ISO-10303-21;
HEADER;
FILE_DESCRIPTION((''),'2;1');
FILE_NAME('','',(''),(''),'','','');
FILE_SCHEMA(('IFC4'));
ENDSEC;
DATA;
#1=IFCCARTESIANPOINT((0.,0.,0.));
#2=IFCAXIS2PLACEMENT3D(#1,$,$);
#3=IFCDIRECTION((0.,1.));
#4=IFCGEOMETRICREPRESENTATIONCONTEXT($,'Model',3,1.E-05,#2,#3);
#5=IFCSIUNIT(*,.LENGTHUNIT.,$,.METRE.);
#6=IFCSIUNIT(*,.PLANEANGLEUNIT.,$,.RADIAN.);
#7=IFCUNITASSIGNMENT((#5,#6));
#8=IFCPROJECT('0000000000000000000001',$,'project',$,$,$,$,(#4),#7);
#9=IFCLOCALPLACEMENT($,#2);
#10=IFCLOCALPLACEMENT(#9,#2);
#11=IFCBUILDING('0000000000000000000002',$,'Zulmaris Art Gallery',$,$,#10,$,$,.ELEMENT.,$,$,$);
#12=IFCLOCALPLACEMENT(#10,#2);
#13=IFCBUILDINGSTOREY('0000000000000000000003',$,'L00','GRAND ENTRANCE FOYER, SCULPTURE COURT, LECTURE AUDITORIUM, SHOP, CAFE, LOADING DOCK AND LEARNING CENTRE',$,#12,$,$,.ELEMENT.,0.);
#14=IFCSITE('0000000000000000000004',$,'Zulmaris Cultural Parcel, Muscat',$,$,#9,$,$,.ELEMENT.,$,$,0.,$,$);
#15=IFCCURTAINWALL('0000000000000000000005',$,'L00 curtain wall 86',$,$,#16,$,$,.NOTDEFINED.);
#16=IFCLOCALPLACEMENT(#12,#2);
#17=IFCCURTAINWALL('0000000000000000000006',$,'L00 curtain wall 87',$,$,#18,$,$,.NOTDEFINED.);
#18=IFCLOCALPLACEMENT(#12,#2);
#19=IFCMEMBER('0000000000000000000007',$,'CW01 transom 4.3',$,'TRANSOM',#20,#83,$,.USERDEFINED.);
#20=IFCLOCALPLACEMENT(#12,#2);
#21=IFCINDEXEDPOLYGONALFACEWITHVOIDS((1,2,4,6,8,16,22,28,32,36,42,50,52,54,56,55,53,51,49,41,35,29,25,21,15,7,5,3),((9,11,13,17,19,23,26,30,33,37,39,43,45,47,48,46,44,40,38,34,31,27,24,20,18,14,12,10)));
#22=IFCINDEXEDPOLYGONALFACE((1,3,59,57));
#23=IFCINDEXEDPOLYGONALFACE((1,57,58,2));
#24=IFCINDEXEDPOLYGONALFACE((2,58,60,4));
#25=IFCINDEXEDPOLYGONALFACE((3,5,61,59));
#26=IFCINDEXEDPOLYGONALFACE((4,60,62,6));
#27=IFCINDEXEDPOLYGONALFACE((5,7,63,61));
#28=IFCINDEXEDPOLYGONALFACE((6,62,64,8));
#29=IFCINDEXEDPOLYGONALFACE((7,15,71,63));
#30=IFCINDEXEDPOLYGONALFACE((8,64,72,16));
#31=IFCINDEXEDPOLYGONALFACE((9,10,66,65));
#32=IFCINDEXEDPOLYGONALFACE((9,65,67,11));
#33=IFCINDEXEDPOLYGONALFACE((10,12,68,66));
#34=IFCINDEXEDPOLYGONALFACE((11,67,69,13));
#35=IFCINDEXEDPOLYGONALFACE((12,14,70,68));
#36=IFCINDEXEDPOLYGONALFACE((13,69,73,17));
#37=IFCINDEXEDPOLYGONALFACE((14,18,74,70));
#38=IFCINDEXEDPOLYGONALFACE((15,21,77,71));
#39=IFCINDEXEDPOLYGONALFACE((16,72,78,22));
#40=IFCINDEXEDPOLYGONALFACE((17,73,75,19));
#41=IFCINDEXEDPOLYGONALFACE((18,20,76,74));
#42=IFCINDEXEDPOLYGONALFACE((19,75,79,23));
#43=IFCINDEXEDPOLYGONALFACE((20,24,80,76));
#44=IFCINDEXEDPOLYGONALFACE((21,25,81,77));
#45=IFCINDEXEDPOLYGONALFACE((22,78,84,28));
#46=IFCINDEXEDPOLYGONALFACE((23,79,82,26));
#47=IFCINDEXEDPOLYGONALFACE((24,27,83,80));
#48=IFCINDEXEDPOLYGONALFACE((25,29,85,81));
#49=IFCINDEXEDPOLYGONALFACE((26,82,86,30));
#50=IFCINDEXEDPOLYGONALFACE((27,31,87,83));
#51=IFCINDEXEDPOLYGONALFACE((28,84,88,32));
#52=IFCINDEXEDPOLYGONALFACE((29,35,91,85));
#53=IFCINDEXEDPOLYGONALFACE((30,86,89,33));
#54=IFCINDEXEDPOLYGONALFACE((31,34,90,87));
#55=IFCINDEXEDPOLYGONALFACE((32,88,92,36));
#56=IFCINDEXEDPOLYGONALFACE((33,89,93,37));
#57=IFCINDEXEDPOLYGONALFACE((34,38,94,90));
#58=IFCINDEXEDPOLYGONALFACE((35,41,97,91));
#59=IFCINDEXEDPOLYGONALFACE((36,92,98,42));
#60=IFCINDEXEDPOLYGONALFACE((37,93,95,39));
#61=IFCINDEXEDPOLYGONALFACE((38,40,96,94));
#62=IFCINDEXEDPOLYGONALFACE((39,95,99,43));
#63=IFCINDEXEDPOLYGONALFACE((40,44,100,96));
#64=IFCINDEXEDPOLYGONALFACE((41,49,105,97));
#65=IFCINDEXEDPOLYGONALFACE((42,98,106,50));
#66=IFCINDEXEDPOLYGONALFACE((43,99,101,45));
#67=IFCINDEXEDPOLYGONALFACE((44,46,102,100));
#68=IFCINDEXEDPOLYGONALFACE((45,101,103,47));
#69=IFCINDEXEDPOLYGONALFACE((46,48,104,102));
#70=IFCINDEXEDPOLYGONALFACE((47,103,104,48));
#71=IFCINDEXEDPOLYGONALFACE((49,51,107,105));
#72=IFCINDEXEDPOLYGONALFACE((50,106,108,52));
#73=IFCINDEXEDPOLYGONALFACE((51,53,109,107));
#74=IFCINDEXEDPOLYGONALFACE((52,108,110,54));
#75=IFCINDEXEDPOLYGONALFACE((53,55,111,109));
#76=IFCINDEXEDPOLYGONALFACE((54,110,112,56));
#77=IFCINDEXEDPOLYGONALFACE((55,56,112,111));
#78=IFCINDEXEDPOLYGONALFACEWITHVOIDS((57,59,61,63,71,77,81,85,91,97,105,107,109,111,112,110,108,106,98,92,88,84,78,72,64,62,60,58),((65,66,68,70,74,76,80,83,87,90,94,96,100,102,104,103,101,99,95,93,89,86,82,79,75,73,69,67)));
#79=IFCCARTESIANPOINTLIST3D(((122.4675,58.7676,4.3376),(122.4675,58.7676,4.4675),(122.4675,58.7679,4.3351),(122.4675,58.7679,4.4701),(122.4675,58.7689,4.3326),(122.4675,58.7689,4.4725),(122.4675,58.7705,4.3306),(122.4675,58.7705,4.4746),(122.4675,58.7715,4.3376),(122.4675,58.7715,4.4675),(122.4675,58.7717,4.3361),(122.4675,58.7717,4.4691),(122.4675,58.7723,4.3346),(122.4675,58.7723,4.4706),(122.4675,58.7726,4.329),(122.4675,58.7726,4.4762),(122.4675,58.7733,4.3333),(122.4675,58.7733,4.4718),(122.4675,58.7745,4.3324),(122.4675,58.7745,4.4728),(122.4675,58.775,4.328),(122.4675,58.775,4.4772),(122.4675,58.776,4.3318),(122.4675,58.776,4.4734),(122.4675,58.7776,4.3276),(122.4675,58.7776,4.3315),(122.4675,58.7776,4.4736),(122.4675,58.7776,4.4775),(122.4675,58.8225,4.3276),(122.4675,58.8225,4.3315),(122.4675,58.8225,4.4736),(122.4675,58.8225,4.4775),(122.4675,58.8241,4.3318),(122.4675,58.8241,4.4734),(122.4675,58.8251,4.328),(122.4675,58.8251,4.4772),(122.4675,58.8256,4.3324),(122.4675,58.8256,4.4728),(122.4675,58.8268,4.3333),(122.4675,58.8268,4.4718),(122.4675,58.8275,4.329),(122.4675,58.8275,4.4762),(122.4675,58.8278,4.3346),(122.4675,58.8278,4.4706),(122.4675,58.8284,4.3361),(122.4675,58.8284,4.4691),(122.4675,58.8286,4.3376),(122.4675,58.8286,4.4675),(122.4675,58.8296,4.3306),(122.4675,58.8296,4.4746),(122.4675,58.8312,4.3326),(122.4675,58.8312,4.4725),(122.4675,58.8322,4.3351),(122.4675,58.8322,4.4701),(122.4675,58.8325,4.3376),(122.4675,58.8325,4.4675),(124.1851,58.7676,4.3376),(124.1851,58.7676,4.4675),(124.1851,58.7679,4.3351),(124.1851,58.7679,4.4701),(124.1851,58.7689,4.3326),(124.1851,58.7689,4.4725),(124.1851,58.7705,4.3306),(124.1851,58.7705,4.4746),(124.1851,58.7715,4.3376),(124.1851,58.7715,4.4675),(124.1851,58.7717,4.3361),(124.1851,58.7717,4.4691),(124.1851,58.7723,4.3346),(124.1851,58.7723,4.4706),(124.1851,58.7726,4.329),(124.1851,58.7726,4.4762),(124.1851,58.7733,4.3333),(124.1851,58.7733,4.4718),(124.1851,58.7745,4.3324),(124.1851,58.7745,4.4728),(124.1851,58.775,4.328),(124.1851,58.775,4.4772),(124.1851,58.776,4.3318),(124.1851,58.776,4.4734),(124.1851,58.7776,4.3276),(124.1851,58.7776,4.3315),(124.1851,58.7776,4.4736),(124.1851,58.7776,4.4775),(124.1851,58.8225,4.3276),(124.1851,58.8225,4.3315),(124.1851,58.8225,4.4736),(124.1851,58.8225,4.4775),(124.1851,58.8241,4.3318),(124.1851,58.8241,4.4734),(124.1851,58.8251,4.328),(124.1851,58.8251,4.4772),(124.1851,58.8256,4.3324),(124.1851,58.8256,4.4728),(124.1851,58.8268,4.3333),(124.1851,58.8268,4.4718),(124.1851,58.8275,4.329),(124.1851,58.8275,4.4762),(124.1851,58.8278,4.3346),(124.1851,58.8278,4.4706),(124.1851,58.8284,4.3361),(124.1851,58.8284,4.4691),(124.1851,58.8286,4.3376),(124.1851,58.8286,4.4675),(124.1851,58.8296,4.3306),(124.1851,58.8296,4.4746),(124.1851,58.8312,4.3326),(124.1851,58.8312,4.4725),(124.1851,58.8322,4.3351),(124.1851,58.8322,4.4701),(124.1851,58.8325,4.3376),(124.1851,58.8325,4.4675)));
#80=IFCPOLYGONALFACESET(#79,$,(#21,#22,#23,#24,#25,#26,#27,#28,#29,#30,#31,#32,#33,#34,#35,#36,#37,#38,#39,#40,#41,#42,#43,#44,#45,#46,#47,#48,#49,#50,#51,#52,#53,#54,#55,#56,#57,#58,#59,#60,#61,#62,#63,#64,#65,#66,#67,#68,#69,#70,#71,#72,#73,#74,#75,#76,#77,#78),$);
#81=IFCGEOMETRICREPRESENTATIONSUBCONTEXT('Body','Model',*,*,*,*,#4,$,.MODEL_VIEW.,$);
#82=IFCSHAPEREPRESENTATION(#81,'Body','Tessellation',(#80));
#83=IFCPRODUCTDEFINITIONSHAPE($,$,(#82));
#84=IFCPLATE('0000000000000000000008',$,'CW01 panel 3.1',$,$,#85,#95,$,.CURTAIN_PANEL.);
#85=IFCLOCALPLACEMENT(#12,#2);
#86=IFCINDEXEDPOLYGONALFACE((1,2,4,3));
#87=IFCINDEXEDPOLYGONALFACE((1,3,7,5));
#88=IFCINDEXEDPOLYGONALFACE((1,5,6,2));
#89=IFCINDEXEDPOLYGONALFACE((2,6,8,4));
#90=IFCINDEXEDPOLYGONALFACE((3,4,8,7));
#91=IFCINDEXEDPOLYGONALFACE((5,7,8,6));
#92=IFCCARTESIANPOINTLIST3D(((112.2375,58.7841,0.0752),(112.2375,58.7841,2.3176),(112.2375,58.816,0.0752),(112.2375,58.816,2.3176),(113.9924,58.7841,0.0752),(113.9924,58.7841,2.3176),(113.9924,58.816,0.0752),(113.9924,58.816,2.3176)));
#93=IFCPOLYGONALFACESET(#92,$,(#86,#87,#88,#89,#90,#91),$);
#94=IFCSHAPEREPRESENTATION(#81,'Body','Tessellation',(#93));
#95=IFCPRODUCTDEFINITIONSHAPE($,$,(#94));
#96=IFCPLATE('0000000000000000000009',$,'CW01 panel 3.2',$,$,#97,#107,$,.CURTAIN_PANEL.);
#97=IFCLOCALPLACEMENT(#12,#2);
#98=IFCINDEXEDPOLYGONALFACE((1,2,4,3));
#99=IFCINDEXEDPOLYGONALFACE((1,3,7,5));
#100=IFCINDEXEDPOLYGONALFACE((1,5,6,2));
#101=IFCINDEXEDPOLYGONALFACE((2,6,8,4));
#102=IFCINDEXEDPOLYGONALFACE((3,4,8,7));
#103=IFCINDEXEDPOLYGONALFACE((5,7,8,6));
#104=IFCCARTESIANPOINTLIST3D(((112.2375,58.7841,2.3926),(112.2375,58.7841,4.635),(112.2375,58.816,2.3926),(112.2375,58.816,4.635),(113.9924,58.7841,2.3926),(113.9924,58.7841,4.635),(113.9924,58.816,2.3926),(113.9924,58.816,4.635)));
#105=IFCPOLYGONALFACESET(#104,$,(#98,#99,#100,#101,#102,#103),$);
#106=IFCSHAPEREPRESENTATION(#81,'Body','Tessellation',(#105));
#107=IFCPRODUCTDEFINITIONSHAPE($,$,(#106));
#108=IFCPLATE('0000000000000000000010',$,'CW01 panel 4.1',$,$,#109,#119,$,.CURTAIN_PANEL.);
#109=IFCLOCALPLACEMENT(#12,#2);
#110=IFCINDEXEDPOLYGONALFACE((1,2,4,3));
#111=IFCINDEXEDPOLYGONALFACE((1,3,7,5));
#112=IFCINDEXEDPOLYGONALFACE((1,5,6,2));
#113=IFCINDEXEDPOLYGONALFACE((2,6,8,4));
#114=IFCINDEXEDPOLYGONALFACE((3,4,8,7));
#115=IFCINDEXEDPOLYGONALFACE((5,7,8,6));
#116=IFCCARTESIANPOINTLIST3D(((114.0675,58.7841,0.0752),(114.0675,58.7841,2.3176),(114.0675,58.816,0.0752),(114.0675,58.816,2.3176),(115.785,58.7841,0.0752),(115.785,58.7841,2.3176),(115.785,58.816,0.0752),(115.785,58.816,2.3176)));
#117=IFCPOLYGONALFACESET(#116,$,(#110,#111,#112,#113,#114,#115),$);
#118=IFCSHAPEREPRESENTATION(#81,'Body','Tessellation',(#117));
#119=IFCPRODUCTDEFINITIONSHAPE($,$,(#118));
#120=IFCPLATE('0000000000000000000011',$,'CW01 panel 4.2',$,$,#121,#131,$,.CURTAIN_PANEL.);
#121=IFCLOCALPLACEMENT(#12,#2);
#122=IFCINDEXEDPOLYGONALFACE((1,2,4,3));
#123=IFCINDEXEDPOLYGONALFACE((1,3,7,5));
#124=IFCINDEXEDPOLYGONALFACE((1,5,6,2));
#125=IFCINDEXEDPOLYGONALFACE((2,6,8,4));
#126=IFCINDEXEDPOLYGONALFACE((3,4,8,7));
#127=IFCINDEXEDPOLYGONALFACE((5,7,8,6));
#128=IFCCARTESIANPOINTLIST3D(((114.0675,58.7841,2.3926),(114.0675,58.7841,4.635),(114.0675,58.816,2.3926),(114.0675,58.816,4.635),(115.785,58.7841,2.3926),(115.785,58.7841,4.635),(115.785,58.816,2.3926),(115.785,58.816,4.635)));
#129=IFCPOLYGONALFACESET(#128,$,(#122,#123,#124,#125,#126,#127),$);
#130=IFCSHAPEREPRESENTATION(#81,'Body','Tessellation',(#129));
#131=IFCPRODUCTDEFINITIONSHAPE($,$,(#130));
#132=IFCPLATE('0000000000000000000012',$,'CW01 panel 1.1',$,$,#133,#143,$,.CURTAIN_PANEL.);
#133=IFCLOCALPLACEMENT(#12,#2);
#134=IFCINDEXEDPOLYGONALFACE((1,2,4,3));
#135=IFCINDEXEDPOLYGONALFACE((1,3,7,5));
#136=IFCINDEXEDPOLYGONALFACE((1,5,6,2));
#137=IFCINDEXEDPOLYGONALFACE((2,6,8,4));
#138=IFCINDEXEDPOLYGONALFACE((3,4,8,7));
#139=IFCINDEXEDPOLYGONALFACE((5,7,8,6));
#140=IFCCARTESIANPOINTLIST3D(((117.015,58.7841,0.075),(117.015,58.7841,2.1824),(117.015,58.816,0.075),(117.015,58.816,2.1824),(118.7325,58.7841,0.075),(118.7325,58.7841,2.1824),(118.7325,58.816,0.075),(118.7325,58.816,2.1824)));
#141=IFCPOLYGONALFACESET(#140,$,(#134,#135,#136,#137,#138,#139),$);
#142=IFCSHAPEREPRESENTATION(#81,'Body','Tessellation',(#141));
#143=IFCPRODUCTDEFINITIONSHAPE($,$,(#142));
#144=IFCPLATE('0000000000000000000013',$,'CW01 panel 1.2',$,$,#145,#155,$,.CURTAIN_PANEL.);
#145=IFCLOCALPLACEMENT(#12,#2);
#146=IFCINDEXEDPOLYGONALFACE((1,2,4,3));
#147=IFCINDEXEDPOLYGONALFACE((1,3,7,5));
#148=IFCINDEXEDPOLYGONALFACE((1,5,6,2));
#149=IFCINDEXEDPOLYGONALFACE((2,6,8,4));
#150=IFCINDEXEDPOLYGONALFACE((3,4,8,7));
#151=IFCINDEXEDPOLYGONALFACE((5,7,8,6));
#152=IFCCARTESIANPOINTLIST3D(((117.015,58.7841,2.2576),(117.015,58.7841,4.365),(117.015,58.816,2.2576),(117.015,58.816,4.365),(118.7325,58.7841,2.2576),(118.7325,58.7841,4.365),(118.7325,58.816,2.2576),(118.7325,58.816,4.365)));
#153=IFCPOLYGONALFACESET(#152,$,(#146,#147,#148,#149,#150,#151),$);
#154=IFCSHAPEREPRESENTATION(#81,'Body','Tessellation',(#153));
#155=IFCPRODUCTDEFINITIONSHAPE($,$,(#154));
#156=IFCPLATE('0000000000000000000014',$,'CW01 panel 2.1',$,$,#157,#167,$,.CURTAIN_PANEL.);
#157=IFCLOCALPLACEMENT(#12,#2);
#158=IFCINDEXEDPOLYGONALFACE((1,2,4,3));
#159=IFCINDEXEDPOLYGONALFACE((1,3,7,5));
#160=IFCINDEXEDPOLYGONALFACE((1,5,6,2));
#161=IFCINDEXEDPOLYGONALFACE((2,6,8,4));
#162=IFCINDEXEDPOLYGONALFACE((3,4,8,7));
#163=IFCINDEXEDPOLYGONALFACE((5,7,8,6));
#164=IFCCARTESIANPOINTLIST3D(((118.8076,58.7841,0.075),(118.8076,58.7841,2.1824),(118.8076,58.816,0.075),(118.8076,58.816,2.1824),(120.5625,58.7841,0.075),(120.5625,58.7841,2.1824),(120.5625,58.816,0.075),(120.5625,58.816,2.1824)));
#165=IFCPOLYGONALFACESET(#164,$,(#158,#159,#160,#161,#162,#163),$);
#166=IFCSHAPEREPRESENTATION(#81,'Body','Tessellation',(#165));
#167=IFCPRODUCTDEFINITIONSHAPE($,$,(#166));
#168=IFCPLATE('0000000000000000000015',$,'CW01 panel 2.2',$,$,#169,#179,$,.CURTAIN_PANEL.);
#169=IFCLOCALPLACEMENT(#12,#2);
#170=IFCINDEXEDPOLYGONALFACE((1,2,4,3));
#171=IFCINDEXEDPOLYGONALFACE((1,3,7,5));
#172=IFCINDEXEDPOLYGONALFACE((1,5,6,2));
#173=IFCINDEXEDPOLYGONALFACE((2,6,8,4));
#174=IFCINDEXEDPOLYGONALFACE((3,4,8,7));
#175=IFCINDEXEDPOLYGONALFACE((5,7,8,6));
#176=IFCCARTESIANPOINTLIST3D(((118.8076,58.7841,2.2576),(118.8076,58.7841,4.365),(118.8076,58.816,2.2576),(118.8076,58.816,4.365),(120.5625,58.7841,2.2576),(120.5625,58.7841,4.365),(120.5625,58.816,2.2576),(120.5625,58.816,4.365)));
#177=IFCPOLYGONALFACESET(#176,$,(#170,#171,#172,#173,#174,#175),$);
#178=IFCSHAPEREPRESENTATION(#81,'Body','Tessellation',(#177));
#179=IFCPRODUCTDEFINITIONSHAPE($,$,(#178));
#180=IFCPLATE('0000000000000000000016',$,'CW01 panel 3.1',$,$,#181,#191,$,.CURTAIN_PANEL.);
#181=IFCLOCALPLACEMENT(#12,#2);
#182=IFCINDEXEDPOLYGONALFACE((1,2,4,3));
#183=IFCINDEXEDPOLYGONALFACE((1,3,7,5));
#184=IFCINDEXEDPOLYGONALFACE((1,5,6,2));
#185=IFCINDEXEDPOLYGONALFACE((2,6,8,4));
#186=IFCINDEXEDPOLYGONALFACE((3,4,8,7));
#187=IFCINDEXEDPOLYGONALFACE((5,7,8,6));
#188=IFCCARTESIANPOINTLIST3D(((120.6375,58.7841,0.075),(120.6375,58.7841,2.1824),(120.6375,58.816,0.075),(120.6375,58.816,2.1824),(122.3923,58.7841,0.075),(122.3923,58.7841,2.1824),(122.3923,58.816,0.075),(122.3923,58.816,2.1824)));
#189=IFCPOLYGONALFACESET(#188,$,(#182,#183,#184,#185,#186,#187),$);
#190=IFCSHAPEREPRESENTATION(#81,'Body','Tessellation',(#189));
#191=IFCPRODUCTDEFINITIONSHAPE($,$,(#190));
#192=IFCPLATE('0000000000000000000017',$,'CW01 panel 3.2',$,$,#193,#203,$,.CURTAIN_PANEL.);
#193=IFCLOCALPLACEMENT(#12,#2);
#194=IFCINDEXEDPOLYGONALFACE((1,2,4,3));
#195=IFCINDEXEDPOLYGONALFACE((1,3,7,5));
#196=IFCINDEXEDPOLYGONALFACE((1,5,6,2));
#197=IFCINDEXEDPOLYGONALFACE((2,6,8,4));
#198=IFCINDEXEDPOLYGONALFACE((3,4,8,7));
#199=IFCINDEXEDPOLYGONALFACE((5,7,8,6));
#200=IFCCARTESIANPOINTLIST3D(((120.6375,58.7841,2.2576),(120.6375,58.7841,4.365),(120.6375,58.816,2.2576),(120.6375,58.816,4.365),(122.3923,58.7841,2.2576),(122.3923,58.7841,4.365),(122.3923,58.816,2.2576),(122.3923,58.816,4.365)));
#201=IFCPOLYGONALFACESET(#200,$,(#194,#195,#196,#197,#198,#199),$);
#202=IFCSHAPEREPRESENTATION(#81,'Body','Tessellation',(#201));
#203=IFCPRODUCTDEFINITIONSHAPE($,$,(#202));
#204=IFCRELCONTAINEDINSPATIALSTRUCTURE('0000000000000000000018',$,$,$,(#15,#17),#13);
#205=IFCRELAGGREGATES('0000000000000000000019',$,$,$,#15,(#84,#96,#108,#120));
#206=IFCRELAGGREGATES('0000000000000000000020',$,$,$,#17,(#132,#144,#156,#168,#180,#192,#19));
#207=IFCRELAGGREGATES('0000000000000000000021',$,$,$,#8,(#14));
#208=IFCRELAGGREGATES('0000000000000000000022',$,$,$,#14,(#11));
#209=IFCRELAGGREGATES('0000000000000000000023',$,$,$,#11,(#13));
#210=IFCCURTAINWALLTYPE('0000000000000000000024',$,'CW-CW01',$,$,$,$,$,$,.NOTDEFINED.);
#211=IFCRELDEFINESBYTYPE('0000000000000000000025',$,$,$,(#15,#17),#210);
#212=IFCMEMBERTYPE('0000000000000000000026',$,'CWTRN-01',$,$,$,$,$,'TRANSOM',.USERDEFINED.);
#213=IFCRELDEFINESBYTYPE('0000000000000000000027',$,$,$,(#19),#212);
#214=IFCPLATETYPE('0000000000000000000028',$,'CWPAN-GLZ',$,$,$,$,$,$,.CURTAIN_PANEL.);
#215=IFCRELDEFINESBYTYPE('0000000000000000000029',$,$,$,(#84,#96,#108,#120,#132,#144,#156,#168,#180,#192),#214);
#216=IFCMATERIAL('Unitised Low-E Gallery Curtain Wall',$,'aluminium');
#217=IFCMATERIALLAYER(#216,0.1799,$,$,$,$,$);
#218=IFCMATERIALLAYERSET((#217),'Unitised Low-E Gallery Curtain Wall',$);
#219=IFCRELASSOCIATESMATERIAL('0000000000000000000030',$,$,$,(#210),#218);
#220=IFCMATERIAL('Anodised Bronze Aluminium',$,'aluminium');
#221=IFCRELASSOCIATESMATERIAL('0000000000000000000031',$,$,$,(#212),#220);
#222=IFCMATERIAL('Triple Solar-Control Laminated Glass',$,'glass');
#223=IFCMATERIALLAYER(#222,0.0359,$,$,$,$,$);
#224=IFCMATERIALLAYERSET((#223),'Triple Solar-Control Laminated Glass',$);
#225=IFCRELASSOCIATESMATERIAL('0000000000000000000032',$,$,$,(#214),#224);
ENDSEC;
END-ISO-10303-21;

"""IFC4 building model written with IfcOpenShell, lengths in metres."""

from ifc_helpers import new_model, si_unit, direction, frame, origin, origin_2d, place, context, subcontext, project, spatial, rectangle, hollow_rectangle, extrude, material, layer, layer_set, material_profile, profile_set, type_object, element, aggregate, save


model = new_model("IFC4")

# Units and contexts
model_context = context("Model", 3, precision=1e-05, world=origin(), true_north=direction((0.0, 1.0)))
body_context = subcontext(model_context, "Body", "Model", "MODEL_VIEW")
ifc_project = project(units=[si_unit("LENGTHUNIT", "METRE"), si_unit("PLANEANGLEUNIT", "RADIAN")], contexts=[model_context])

# Site, building, storey
site_placement = place(None, origin())
site = spatial("IfcSite", under=ifc_project, at=site_placement, Name="Zulmaris Cultural Parcel, Muscat", CompositionType="ELEMENT", RefElevation=0.0)
building_placement = place(site_placement, origin())
building = spatial("IfcBuilding", under=site, at=building_placement, Name="Zulmaris Art Gallery", CompositionType="ELEMENT")
storey_placement = place(building_placement, origin())
storey = spatial("IfcBuildingStorey", under=building, at=storey_placement, Name="L00", Description="GRAND ENTRANCE FOYER, SCULPTURE COURT, LECTURE AUDITORIUM, SHOP, CAFE, LOADING DOCK AND LEARNING CENTRE", CompositionType="ELEMENT", Elevation=0.0)

# Curtain walls
ifc_material_1 = material(Name="Unitised Low-E Gallery Curtain Wall", Category="aluminium")
ifc_layer_1 = layer(ifc_material_1, 0.1799)
ifc_layer_set_1 = layer_set([ifc_layer_1], Name="Unitised Low-E Gallery Curtain Wall")
curtain_wall_type = type_object("IfcCurtainWallType", Name="CW-CW01", PredefinedType="NOTDEFINED", material=ifc_layer_set_1)
curtain_wall_1_placement = place(storey_placement, origin())
curtain_wall_1 = element("IfcCurtainWall", 1, at=curtain_wall_1_placement, inside=storey, type_object=curtain_wall_type, Name="L00 curtain wall 86", PredefinedType="NOTDEFINED")
ifc_material_2 = material(Name="Anodised Bronze Aluminium", Category="aluminium")
curtain_wall_2_placement = place(storey_placement, origin())
curtain_wall_2 = element("IfcCurtainWall", 2, at=curtain_wall_2_placement, inside=storey, type_object=curtain_wall_type, Name="L00 curtain wall 87", PredefinedType="NOTDEFINED")

# Member
ifc_material_profile_1 = material_profile(ifc_material_2, hollow_rectangle(XDim=0.0649, YDim=0.1499, WallThickness=0.0039, InnerFilletRadius=0.0061, OuterFilletRadius=0.01, at=origin_2d()), Name="ALU 65x150x4")
ifc_profile_set_1 = profile_set([ifc_material_profile_1], Name="Anodised Bronze Aluminium")
member_type_1 = type_object("IfcMemberType", Name="CWTRN-01", ElementType="TRANSOM", PredefinedType="USERDEFINED", material=ifc_profile_set_1)
member_1_placement = place(storey_placement, frame((122.4675, 58.8, 4.4026), z_axis=(1.0, 0.0, 0.0), x_axis=(0.0, 1.0, 0.0)))
member_1 = element("IfcMember", 3, at=member_1_placement, type_object=member_type_1, Name="CW01 transom 4.3", ObjectType="TRANSOM", PredefinedType="USERDEFINED", context=body_context, shape_type="SweptSolid", body=[
    extrude(hollow_rectangle(XDim=0.0649, YDim=0.1499, WallThickness=0.0039, InnerFilletRadius=0.0061, OuterFilletRadius=0.01, at=origin_2d()), origin(), (0.0, 0.0, 1.0), 1.7175),
])

# Plates
ifc_material_3 = material(Name="Triple Solar-Control Laminated Glass", Category="glass")
ifc_layer_2 = layer(ifc_material_3, 0.0359)
ifc_layer_set_2 = layer_set([ifc_layer_2], Name="Triple Solar-Control Laminated Glass")
plate_type = type_object("IfcPlateType", Name="CWPAN-GLZ", PredefinedType="CURTAIN_PANEL", material=ifc_layer_set_2)
plate_1_placement = place(storey_placement, frame((113.115, 58.8, 0.0752), z_axis=(0.0, 0.0, 1.0), x_axis=(1.0, 0.0, 0.0)))
plate_1 = element("IfcPlate", 4, at=plate_1_placement, type_object=plate_type, Name="CW01 panel 3.1", PredefinedType="CURTAIN_PANEL", context=body_context, shape_type="SweptSolid", body=[
    extrude(rectangle(XDim=1.7549, YDim=0.032, at=origin_2d()), origin(), (0.0, 0.0, 1.0), 2.2424),
])
plate_2_placement = place(storey_placement, frame((113.115, 58.8, 2.3926), z_axis=(0.0, 0.0, 1.0), x_axis=(1.0, 0.0, 0.0)))
plate_2 = element("IfcPlate", 5, at=plate_2_placement, type_object=plate_type, Name="CW01 panel 3.2", PredefinedType="CURTAIN_PANEL", context=body_context, shape_type="SweptSolid", body=[
    extrude(rectangle(XDim=1.7549, YDim=0.032, at=origin_2d()), origin(), (0.0, 0.0, 1.0), 2.2424),
])
plate_3_placement = place(storey_placement, frame((114.9263, 58.8, 0.0752), z_axis=(0.0, 0.0, 1.0), x_axis=(1.0, 0.0, 0.0)))
plate_3 = element("IfcPlate", 6, at=plate_3_placement, type_object=plate_type, Name="CW01 panel 4.1", PredefinedType="CURTAIN_PANEL", context=body_context, shape_type="SweptSolid", body=[
    extrude(rectangle(XDim=1.7175, YDim=0.032, at=origin_2d()), origin(), (0.0, 0.0, 1.0), 2.2424),
])
plate_4_placement = place(storey_placement, frame((114.9263, 58.8, 2.3926), z_axis=(0.0, 0.0, 1.0), x_axis=(1.0, 0.0, 0.0)))
plate_4 = element("IfcPlate", 7, at=plate_4_placement, type_object=plate_type, Name="CW01 panel 4.2", PredefinedType="CURTAIN_PANEL", context=body_context, shape_type="SweptSolid", body=[
    extrude(rectangle(XDim=1.7175, YDim=0.032, at=origin_2d()), origin(), (0.0, 0.0, 1.0), 2.2424),
])
aggregate(curtain_wall_1, [plate_1, plate_2, plate_3, plate_4])
plate_5_placement = place(storey_placement, frame((117.8738, 58.8, 0.075), z_axis=(0.0, 0.0, 1.0), x_axis=(1.0, 0.0, 0.0)))
plate_5 = element("IfcPlate", 8, at=plate_5_placement, type_object=plate_type, Name="CW01 panel 1.1", PredefinedType="CURTAIN_PANEL", context=body_context, shape_type="SweptSolid", body=[
    extrude(rectangle(XDim=1.7175, YDim=0.032, at=origin_2d()), origin(), (0.0, 0.0, 1.0), 2.1074),
])
plate_6_placement = place(storey_placement, frame((117.8738, 58.8, 2.2576), z_axis=(0.0, 0.0, 1.0), x_axis=(1.0, 0.0, 0.0)))
plate_6 = element("IfcPlate", 9, at=plate_6_placement, type_object=plate_type, Name="CW01 panel 1.2", PredefinedType="CURTAIN_PANEL", context=body_context, shape_type="SweptSolid", body=[
    extrude(rectangle(XDim=1.7175, YDim=0.032, at=origin_2d()), origin(), (0.0, 0.0, 1.0), 2.1074),
])
plate_7_placement = place(storey_placement, frame((119.6851, 58.8, 0.075), z_axis=(0.0, 0.0, 1.0), x_axis=(1.0, 0.0, 0.0)))
plate_7 = element("IfcPlate", 10, at=plate_7_placement, type_object=plate_type, Name="CW01 panel 2.1", PredefinedType="CURTAIN_PANEL", context=body_context, shape_type="SweptSolid", body=[
    extrude(rectangle(XDim=1.7549, YDim=0.032, at=origin_2d()), origin(), (0.0, 0.0, 1.0), 2.1074),
])
plate_8_placement = place(storey_placement, frame((119.6851, 58.8, 2.2576), z_axis=(0.0, 0.0, 1.0), x_axis=(1.0, 0.0, 0.0)))
plate_8 = element("IfcPlate", 11, at=plate_8_placement, type_object=plate_type, Name="CW01 panel 2.2", PredefinedType="CURTAIN_PANEL", context=body_context, shape_type="SweptSolid", body=[
    extrude(rectangle(XDim=1.7549, YDim=0.032, at=origin_2d()), origin(), (0.0, 0.0, 1.0), 2.1074),
])
plate_9_placement = place(storey_placement, frame((121.5149, 58.8, 0.075), z_axis=(0.0, 0.0, 1.0), x_axis=(1.0, 0.0, 0.0)))
plate_9 = element("IfcPlate", 12, at=plate_9_placement, type_object=plate_type, Name="CW01 panel 3.1", PredefinedType="CURTAIN_PANEL", context=body_context, shape_type="SweptSolid", body=[
    extrude(rectangle(XDim=1.7549, YDim=0.032, at=origin_2d()), origin(), (0.0, 0.0, 1.0), 2.1074),
])
plate_10_placement = place(storey_placement, frame((121.5149, 58.8, 2.2576), z_axis=(0.0, 0.0, 1.0), x_axis=(1.0, 0.0, 0.0)))
plate_10 = element("IfcPlate", 13, at=plate_10_placement, type_object=plate_type, Name="CW01 panel 3.2", PredefinedType="CURTAIN_PANEL", context=body_context, shape_type="SweptSolid", body=[
    extrude(rectangle(XDim=1.7549, YDim=0.032, at=origin_2d()), origin(), (0.0, 0.0, 1.0), 2.1074),
])
aggregate(curtain_wall_2, [plate_5, plate_6, plate_7, plate_8, plate_9, plate_10, member_1])

save(model, "model.ifc")
